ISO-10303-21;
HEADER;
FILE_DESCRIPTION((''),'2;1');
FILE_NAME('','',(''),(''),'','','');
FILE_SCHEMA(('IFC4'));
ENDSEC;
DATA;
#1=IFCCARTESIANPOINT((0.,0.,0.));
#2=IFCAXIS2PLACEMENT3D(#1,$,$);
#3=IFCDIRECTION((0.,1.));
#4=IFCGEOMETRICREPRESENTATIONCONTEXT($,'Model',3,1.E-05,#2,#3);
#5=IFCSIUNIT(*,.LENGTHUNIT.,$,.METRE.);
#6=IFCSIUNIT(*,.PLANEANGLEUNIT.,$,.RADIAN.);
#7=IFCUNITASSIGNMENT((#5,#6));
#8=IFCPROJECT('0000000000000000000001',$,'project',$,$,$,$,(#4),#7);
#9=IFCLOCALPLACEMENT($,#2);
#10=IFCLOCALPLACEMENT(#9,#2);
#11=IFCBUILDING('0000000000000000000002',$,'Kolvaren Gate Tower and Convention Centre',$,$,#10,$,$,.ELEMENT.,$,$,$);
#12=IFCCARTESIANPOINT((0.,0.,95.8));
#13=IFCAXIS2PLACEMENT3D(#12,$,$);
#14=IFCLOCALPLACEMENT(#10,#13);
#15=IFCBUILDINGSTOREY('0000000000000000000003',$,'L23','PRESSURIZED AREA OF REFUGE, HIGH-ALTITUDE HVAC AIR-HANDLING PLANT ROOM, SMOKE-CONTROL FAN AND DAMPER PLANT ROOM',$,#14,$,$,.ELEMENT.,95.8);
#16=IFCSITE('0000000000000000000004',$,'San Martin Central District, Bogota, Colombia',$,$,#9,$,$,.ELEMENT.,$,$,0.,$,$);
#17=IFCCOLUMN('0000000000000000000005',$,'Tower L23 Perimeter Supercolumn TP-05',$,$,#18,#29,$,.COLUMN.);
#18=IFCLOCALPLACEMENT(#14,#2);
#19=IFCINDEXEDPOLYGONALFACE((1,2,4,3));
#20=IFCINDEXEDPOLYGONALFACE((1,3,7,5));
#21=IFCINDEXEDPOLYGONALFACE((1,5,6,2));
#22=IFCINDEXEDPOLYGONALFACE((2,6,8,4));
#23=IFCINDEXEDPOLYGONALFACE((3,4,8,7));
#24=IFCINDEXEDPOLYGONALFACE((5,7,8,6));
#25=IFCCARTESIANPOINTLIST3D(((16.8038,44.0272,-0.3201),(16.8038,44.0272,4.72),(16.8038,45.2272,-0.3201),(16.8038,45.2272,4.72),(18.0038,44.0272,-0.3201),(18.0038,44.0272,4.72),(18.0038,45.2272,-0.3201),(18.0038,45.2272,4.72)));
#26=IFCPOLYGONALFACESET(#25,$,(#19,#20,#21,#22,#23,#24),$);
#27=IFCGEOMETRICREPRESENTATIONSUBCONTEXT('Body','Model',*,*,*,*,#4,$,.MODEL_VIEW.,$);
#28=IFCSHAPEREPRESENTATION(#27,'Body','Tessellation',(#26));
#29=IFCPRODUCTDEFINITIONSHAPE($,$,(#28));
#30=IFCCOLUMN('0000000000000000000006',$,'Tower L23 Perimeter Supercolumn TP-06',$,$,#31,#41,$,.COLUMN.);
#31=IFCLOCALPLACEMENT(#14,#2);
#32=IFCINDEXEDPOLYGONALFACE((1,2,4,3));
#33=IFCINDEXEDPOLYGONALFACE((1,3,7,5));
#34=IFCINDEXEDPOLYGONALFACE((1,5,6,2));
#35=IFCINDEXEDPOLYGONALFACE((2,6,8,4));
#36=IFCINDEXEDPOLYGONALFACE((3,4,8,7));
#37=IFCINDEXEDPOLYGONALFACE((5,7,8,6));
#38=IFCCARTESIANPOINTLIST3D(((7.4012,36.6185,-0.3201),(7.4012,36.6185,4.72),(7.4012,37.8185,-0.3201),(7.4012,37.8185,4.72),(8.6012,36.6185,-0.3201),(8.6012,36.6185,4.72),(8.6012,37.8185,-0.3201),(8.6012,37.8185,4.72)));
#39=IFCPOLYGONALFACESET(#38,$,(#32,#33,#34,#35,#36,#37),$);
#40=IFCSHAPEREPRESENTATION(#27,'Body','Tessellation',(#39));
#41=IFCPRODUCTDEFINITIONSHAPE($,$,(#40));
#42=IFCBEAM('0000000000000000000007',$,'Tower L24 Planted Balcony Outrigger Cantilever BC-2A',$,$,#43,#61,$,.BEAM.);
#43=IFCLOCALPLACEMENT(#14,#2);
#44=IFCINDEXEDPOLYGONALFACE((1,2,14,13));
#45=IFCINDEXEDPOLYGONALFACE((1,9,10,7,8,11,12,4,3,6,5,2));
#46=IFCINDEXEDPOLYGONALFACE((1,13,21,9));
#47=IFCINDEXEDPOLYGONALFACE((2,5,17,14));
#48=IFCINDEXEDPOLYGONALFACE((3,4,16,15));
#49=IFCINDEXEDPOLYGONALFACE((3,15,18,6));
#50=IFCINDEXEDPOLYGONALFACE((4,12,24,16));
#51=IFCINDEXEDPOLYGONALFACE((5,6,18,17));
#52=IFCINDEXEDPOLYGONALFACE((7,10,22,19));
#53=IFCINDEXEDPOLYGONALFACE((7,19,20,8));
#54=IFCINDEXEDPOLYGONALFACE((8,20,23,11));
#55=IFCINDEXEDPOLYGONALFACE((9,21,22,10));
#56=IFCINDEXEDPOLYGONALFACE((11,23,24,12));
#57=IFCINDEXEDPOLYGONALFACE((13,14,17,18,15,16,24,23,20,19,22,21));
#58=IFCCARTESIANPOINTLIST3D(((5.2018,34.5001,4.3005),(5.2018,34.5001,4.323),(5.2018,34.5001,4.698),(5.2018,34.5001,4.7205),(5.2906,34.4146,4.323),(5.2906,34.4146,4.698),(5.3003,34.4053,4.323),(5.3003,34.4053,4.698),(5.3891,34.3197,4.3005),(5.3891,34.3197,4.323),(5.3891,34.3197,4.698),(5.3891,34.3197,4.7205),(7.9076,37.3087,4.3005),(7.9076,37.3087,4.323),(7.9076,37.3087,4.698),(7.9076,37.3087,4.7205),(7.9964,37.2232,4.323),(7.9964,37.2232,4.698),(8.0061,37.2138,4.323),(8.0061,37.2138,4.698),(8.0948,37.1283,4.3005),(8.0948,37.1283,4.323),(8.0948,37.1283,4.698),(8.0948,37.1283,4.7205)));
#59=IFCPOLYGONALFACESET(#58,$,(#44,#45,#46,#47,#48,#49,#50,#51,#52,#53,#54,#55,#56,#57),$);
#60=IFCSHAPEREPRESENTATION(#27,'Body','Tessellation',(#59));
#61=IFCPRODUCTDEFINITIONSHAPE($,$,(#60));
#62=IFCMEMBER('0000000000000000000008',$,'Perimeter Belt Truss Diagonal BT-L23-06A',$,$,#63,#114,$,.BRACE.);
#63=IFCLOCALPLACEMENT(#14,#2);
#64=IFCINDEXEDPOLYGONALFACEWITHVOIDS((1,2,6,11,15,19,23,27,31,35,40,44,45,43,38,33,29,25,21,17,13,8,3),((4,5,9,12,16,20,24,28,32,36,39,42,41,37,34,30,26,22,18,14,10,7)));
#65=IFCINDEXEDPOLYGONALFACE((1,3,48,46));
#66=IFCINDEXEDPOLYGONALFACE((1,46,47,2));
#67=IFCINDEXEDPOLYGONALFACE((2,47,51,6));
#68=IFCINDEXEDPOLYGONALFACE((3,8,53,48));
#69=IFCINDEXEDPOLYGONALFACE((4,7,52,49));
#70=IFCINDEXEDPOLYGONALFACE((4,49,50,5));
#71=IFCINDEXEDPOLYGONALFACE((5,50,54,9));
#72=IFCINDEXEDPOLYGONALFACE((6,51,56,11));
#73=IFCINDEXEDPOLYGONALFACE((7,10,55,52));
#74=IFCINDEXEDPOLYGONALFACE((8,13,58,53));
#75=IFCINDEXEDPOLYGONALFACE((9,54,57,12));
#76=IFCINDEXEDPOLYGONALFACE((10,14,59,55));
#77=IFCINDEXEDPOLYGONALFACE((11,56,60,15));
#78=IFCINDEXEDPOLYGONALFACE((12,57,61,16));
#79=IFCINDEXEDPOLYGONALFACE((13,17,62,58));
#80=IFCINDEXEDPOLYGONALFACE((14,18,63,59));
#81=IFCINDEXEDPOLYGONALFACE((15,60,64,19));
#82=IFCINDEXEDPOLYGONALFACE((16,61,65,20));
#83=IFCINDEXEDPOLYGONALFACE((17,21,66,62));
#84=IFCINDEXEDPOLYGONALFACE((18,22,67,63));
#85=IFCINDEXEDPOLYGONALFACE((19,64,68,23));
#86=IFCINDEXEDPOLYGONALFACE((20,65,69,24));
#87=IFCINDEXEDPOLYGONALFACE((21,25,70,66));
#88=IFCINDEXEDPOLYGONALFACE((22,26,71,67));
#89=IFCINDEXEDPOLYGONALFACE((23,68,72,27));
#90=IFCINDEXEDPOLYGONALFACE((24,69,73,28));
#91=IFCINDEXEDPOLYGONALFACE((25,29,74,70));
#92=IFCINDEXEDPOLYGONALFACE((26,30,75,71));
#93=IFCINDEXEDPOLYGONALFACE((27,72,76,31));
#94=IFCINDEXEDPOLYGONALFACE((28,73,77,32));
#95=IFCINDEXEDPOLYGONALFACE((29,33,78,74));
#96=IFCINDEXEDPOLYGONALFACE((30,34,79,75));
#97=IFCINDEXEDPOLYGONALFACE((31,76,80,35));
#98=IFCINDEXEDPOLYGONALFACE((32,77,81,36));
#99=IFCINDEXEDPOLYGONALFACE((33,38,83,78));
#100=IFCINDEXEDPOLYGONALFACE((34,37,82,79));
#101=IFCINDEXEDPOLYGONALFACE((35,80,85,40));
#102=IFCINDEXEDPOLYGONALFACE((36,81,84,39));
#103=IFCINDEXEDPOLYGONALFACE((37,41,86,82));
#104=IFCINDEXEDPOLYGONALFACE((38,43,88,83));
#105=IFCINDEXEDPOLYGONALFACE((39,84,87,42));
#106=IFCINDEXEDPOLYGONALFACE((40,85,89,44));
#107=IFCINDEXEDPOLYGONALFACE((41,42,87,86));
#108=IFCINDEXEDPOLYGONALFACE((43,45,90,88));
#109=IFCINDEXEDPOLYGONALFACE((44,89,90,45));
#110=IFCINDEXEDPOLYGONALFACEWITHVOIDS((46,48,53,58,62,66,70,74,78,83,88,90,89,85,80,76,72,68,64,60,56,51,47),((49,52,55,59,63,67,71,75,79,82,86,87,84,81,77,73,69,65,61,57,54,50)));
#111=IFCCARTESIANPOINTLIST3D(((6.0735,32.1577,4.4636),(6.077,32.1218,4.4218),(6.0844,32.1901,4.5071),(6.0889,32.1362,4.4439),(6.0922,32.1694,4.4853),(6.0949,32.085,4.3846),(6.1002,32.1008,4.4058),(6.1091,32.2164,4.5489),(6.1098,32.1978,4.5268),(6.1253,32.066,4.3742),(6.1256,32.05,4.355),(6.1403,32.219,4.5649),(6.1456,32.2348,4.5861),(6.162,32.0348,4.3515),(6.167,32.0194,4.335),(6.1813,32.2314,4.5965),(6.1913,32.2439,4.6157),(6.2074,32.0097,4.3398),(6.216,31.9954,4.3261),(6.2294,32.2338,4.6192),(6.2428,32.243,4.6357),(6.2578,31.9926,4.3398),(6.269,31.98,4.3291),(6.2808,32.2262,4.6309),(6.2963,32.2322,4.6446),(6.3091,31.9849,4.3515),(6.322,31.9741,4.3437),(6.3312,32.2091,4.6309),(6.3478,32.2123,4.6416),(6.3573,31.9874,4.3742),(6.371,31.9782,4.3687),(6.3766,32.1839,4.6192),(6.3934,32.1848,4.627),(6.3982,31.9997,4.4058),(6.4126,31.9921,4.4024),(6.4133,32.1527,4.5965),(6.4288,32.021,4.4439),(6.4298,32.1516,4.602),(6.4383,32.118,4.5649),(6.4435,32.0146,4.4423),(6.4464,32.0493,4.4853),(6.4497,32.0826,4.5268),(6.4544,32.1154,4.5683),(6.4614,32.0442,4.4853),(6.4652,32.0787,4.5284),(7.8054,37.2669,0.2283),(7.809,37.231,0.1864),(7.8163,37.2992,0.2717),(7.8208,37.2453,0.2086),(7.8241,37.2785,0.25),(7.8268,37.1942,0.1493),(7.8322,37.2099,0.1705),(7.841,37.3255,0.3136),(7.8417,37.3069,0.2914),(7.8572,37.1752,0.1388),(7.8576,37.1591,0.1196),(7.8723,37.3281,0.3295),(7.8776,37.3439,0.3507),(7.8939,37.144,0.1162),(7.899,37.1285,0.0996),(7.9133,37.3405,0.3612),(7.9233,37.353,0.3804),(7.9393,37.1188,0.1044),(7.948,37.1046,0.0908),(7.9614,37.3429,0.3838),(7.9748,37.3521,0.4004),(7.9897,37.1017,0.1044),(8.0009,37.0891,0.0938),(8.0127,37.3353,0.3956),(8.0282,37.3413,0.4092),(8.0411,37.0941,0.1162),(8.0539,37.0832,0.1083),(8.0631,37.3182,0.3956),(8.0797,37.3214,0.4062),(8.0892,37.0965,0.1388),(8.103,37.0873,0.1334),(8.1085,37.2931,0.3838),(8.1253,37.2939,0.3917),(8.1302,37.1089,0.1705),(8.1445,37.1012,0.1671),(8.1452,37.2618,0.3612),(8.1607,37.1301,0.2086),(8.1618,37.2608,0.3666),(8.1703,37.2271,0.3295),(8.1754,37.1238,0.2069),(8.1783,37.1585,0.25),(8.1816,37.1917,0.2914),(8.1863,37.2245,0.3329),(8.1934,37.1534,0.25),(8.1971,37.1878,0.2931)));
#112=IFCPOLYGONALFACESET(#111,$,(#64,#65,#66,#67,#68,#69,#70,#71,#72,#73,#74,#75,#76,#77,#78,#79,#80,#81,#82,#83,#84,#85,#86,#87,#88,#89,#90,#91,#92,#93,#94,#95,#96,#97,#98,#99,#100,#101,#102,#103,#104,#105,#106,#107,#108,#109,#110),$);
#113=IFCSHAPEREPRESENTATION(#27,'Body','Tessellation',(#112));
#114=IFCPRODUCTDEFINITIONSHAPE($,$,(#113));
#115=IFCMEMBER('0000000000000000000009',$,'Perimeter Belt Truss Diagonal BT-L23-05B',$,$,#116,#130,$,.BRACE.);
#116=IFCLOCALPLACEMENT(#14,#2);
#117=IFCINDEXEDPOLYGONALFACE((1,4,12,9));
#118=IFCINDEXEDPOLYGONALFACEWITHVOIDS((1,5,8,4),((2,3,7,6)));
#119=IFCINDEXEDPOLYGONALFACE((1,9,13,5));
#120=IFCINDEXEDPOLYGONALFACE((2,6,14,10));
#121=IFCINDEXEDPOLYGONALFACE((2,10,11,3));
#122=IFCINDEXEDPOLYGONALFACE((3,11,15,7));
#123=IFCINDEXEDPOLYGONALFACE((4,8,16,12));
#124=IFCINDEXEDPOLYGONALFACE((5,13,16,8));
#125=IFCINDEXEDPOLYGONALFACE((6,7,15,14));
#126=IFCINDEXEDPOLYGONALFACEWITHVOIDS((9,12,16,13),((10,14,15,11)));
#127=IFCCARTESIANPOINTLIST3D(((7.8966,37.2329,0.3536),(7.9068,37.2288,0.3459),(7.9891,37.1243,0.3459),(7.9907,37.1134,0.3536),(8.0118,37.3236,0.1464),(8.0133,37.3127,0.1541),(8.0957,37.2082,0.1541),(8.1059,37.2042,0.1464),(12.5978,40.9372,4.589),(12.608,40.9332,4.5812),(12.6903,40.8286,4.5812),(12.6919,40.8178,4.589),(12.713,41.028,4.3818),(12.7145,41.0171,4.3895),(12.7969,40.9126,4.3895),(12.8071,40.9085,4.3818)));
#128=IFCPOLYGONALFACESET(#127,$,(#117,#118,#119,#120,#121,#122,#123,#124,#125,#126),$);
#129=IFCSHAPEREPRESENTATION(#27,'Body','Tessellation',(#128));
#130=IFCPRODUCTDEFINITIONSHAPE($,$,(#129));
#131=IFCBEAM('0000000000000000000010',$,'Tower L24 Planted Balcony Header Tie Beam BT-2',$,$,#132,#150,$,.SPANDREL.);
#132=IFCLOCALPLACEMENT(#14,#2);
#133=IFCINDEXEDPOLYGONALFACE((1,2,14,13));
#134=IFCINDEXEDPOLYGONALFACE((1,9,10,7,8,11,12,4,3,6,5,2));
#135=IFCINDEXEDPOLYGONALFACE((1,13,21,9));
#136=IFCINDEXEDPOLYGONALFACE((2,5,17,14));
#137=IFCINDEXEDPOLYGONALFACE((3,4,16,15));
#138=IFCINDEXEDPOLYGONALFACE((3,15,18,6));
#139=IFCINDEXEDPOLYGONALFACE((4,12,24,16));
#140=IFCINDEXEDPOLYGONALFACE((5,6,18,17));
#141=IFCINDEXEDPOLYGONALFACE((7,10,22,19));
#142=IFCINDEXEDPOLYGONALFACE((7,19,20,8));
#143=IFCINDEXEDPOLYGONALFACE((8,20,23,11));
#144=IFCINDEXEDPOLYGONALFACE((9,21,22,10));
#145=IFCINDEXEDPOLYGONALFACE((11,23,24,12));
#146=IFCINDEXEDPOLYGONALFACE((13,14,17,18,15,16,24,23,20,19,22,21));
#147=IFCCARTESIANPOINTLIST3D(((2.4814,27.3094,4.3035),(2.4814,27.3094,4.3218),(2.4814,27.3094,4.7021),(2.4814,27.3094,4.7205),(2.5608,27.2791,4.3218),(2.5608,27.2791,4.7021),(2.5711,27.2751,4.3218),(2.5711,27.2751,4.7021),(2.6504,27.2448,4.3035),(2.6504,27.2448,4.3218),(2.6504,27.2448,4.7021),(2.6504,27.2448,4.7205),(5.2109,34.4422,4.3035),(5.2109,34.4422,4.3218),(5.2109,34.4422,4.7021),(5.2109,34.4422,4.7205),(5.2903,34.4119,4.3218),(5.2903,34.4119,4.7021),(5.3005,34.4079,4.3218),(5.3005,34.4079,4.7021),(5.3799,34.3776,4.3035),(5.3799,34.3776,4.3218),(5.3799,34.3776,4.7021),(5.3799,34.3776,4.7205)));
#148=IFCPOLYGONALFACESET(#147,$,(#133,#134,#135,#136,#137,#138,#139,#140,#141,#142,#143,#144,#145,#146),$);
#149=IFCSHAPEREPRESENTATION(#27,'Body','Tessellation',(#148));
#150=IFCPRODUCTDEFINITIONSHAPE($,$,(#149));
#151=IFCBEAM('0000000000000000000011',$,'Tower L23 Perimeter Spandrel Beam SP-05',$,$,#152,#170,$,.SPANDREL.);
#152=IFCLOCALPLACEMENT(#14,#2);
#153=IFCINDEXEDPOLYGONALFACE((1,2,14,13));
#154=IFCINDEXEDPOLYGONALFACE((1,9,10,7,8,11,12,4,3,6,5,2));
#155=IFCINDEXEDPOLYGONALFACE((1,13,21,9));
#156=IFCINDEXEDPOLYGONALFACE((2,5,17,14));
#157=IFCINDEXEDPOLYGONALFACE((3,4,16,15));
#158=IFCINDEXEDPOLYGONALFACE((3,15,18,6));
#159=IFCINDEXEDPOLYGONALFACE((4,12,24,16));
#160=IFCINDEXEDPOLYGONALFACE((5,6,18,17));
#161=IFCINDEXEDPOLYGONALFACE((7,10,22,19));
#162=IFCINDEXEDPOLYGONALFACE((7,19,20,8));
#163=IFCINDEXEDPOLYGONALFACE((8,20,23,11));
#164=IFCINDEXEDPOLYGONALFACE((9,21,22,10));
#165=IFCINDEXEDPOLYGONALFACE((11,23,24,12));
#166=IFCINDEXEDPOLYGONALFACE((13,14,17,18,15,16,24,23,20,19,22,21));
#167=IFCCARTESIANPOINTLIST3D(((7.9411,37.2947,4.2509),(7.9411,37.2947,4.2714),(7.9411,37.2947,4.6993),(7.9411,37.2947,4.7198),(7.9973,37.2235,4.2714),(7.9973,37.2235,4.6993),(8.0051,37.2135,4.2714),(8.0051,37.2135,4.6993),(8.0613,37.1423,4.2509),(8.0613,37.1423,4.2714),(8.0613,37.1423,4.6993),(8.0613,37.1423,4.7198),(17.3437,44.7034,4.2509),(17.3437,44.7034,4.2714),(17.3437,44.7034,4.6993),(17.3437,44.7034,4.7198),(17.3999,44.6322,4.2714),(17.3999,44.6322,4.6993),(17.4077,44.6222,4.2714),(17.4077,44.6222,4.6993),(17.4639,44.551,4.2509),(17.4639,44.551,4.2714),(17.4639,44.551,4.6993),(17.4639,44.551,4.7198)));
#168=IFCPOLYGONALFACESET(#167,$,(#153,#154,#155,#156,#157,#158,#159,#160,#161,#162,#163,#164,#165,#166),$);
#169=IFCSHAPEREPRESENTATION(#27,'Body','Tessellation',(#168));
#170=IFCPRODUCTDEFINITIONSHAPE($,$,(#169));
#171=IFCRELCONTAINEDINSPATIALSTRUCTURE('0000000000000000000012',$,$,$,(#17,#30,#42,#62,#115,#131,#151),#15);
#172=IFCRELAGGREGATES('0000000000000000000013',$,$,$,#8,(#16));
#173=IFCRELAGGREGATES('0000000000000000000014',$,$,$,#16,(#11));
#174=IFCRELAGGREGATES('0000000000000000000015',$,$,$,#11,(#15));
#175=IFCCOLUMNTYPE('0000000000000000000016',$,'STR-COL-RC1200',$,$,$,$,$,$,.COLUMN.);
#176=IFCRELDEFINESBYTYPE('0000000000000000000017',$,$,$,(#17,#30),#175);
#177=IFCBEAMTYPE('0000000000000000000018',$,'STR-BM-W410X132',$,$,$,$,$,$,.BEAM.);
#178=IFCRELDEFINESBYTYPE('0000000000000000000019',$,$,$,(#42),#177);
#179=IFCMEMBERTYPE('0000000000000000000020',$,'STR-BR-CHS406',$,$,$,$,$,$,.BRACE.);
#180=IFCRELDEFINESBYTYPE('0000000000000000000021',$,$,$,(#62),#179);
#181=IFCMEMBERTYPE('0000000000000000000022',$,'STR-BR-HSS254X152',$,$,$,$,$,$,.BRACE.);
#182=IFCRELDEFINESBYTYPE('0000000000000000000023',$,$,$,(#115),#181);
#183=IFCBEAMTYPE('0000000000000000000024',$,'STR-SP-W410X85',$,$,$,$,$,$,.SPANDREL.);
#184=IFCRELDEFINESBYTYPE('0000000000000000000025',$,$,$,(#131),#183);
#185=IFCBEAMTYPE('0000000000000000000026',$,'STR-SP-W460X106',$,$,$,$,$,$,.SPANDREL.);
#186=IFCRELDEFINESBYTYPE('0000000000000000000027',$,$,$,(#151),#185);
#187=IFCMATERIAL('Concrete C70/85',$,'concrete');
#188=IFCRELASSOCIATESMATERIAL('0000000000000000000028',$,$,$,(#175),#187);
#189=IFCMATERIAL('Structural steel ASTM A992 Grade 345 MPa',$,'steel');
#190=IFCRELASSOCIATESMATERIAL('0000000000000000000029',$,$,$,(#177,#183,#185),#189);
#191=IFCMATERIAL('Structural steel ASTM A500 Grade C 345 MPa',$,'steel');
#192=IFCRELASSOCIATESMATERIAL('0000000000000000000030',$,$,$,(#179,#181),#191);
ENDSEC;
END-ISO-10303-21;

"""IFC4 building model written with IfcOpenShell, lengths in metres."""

from ifc_helpers import new_model, si_unit, direction, frame, origin, origin_2d, place, context, subcontext, project, spatial, rectangle, hollow_rectangle, hollow_circle, i_section, extrude, material, material_profile, profile_set, type_object, element, save


model = new_model("IFC4")

# Units and contexts
model_context = context("Model", 3, precision=1e-05, world=origin(), true_north=direction((0.0, 1.0)))
body_context = subcontext(model_context, "Body", "Model", "MODEL_VIEW")
ifc_project = project(units=[si_unit("LENGTHUNIT", "METRE"), si_unit("PLANEANGLEUNIT", "RADIAN")], contexts=[model_context])

# Site, building, storey
site_placement = place(None, origin())
site = spatial("IfcSite", under=ifc_project, at=site_placement, Name="San Martin Central District, Bogota, Colombia", CompositionType="ELEMENT", RefElevation=0.0)
building_placement = place(site_placement, origin())
building = spatial("IfcBuilding", under=site, at=building_placement, Name="Kolvaren Gate Tower and Convention Centre", CompositionType="ELEMENT")
storey_placement = place(building_placement, frame((0.0, 0.0, 95.8)))
storey = spatial("IfcBuildingStorey", under=building, at=storey_placement, Name="L23", Description="PRESSURIZED AREA OF REFUGE, HIGH-ALTITUDE HVAC AIR-HANDLING PLANT ROOM, SMOKE-CONTROL FAN AND DAMPER PLANT ROOM", CompositionType="ELEMENT", Elevation=95.8)

# Columns
ifc_material_1 = material(Name="Concrete C70/85", Category="concrete")
ifc_material_profile_1 = material_profile(ifc_material_1, rectangle(XDim=1.2, YDim=1.2, at=origin_2d()), Name="RC-COL-1200X1200")
ifc_profile_set_1 = profile_set([ifc_material_profile_1], Name="Concrete C70/85")
column_type = type_object("IfcColumnType", Name="STR-COL-RC1200", PredefinedType="COLUMN", material=ifc_profile_set_1)
for number, where, z_axis, x_axis, name in (
    (1, (17.4038, 44.6272, -0.3201), (0.0, 0.0, 1.0), (1.0, 0.0, 0.0), "Tower L23 Perimeter Supercolumn TP-05"),
    (2, (8.0012, 37.2185, -0.3201), (0.0, 0.0, 1.0), (1.0, 0.0, 0.0), "Tower L23 Perimeter Supercolumn TP-06"),
):
    element("IfcColumn", number, at=place(storey_placement, frame(where, z_axis=z_axis, x_axis=x_axis)), inside=storey, type_object=column_type, Name=name, PredefinedType="COLUMN", context=body_context, shape_type="SweptSolid", body=[
        extrude(rectangle(XDim=1.2, YDim=1.2, at=origin_2d()), origin(), (0.0, 0.0, 1.0), 5.04),
    ])

# Beam
ifc_material_2 = material(Name="Structural steel ASTM A992 Grade 345 MPa", Category="steel")
ifc_material_profile_2 = material_profile(ifc_material_2, i_section(OverallWidth=0.26, OverallDepth=0.4199, WebThickness=0.0134, FlangeThickness=0.0225, at=origin_2d()), Name="W410X132")
ifc_profile_set_2 = profile_set([ifc_material_profile_2], Name="Structural steel ASTM A992 Grade 345 MPa")
beam_type_1 = type_object("IfcBeamType", Name="STR-BM-W410X132", PredefinedType="BEAM", material=ifc_profile_set_2)
beam_1_placement = place(storey_placement, frame((8.0012, 37.2185, 4.5105), z_axis=(-0.693806, -0.720161, 0.0), x_axis=(0.720161, -0.693806, 0.0)))
element("IfcBeam", 3, at=beam_1_placement, inside=storey, type_object=beam_type_1, Name="Tower L24 Planted Balcony Outrigger Cantilever BC-2A", PredefinedType="BEAM", context=body_context, shape_type="SweptSolid", body=[
    extrude(i_section(OverallWidth=0.26, OverallDepth=0.4199, WebThickness=0.0134, FlangeThickness=0.0225, at=origin_2d()), origin(), (0.0, 0.0, 1.0), 3.8999),
])

# Members
ifc_material_3 = material(Name="Structural steel ASTM A500 Grade C 345 MPa", Category="steel")
ifc_material_profile_3 = material_profile(ifc_material_3, hollow_circle(Radius=0.2029, WallThickness=0.0159, at=origin_2d()), Name="CHS406X15.9")
ifc_profile_set_3 = profile_set([ifc_material_profile_3], Name="Structural steel ASTM A500 Grade C 345 MPa")
member_type_1 = type_object("IfcMemberType", Name="STR-BR-CHS406", PredefinedType="BRACE", material=ifc_profile_set_3)
member_1_placement = place(storey_placement, frame((8.0012, 37.2185, 0.25), z_axis=(-0.252518, -0.744918, 0.61752), x_axis=(0.947064, -0.321043, 0.0)))
element("IfcMember", 4, at=member_1_placement, inside=storey, type_object=member_type_1, Name="Perimeter Belt Truss Diagonal BT-L23-06A", PredefinedType="BRACE", context=body_context, shape_type="SweptSolid", body=[
    extrude(hollow_circle(Radius=0.2029, WallThickness=0.0159, at=origin_2d()), origin(), (0.0, 0.0, 1.0), 6.8586),
])
ifc_material_profile_4 = material_profile(ifc_material_3, hollow_rectangle(XDim=0.1521, YDim=0.2539, WallThickness=0.0095, at=origin_2d()), Name="HSS254X152X9.5")
ifc_profile_set_4 = profile_set([ifc_material_profile_4], Name="Structural steel ASTM A500 Grade C 345 MPa")
member_type_2 = type_object("IfcMemberType", Name="STR-BR-HSS254X152", PredefinedType="BRACE", material=ifc_profile_set_4)
member_2_placement = place(storey_placement, frame((8.0012, 37.2185, 0.25), z_axis=(0.641167, 0.505215, 0.577636), x_axis=(-0.618913, 0.78546, 0.0)))
element("IfcMember", 5, at=member_2_placement, inside=storey, type_object=member_type_2, Name="Perimeter Belt Truss Diagonal BT-L23-05B", PredefinedType="BRACE", context=body_context, shape_type="SweptSolid", body=[
    extrude(hollow_rectangle(XDim=0.1521, YDim=0.2539, WallThickness=0.0095, at=origin_2d()), origin(), (0.0, 0.0, 1.0), 7.3323),
])

# Beams
ifc_material_profile_5 = material_profile(ifc_material_2, i_section(OverallWidth=0.1809, OverallDepth=0.417, WebThickness=0.011, FlangeThickness=0.0183, at=origin_2d()), Name="W410X85")
ifc_profile_set_5 = profile_set([ifc_material_profile_5], Name="Structural steel ASTM A992 Grade 345 MPa")
beam_type_2 = type_object("IfcBeamType", Name="STR-SP-W410X85", PredefinedType="SPANDREL", material=ifc_profile_set_5)
beam_2_placement = place(storey_placement, frame((5.2954, 34.4099, 4.512), z_axis=(-0.357393, -0.933954, 0.0), x_axis=(0.933954, -0.357393, 0.0)))
element("IfcBeam", 6, at=beam_2_placement, inside=storey, type_object=beam_type_2, Name="Tower L24 Planted Balcony Header Tie Beam BT-2", PredefinedType="SPANDREL", context=body_context, shape_type="SweptSolid", body=[
    extrude(i_section(OverallWidth=0.1809, OverallDepth=0.417, WebThickness=0.011, FlangeThickness=0.0183, at=origin_2d()), origin(), (0.0, 0.0, 1.0), 7.6372),
])
ifc_material_profile_6 = material_profile(ifc_material_2, i_section(OverallWidth=0.1941, OverallDepth=0.469, WebThickness=0.0127, FlangeThickness=0.0205, at=origin_2d()), Name="W460X106")
ifc_profile_set_6 = profile_set([ifc_material_profile_6], Name="Structural steel ASTM A992 Grade 345 MPa")
beam_type_3 = type_object("IfcBeamType", Name="STR-SP-W460X106", PredefinedType="SPANDREL", material=ifc_profile_set_6)
beam_3_placement = place(storey_placement, frame((17.4038, 44.6272, 4.4854), z_axis=(-0.785468, -0.618903, 0.0), x_axis=(0.618903, -0.785468, 0.0)))
element("IfcBeam", 7, at=beam_3_placement, inside=storey, type_object=beam_type_3, Name="Tower L23 Perimeter Spandrel Beam SP-05", PredefinedType="SPANDREL", context=body_context, shape_type="SweptSolid", body=[
    extrude(i_section(OverallWidth=0.1941, OverallDepth=0.469, WebThickness=0.0127, FlangeThickness=0.0205, at=origin_2d()), origin(), (0.0, 0.0, 1.0), 11.9707),
])

save(model, "model.ifc")
